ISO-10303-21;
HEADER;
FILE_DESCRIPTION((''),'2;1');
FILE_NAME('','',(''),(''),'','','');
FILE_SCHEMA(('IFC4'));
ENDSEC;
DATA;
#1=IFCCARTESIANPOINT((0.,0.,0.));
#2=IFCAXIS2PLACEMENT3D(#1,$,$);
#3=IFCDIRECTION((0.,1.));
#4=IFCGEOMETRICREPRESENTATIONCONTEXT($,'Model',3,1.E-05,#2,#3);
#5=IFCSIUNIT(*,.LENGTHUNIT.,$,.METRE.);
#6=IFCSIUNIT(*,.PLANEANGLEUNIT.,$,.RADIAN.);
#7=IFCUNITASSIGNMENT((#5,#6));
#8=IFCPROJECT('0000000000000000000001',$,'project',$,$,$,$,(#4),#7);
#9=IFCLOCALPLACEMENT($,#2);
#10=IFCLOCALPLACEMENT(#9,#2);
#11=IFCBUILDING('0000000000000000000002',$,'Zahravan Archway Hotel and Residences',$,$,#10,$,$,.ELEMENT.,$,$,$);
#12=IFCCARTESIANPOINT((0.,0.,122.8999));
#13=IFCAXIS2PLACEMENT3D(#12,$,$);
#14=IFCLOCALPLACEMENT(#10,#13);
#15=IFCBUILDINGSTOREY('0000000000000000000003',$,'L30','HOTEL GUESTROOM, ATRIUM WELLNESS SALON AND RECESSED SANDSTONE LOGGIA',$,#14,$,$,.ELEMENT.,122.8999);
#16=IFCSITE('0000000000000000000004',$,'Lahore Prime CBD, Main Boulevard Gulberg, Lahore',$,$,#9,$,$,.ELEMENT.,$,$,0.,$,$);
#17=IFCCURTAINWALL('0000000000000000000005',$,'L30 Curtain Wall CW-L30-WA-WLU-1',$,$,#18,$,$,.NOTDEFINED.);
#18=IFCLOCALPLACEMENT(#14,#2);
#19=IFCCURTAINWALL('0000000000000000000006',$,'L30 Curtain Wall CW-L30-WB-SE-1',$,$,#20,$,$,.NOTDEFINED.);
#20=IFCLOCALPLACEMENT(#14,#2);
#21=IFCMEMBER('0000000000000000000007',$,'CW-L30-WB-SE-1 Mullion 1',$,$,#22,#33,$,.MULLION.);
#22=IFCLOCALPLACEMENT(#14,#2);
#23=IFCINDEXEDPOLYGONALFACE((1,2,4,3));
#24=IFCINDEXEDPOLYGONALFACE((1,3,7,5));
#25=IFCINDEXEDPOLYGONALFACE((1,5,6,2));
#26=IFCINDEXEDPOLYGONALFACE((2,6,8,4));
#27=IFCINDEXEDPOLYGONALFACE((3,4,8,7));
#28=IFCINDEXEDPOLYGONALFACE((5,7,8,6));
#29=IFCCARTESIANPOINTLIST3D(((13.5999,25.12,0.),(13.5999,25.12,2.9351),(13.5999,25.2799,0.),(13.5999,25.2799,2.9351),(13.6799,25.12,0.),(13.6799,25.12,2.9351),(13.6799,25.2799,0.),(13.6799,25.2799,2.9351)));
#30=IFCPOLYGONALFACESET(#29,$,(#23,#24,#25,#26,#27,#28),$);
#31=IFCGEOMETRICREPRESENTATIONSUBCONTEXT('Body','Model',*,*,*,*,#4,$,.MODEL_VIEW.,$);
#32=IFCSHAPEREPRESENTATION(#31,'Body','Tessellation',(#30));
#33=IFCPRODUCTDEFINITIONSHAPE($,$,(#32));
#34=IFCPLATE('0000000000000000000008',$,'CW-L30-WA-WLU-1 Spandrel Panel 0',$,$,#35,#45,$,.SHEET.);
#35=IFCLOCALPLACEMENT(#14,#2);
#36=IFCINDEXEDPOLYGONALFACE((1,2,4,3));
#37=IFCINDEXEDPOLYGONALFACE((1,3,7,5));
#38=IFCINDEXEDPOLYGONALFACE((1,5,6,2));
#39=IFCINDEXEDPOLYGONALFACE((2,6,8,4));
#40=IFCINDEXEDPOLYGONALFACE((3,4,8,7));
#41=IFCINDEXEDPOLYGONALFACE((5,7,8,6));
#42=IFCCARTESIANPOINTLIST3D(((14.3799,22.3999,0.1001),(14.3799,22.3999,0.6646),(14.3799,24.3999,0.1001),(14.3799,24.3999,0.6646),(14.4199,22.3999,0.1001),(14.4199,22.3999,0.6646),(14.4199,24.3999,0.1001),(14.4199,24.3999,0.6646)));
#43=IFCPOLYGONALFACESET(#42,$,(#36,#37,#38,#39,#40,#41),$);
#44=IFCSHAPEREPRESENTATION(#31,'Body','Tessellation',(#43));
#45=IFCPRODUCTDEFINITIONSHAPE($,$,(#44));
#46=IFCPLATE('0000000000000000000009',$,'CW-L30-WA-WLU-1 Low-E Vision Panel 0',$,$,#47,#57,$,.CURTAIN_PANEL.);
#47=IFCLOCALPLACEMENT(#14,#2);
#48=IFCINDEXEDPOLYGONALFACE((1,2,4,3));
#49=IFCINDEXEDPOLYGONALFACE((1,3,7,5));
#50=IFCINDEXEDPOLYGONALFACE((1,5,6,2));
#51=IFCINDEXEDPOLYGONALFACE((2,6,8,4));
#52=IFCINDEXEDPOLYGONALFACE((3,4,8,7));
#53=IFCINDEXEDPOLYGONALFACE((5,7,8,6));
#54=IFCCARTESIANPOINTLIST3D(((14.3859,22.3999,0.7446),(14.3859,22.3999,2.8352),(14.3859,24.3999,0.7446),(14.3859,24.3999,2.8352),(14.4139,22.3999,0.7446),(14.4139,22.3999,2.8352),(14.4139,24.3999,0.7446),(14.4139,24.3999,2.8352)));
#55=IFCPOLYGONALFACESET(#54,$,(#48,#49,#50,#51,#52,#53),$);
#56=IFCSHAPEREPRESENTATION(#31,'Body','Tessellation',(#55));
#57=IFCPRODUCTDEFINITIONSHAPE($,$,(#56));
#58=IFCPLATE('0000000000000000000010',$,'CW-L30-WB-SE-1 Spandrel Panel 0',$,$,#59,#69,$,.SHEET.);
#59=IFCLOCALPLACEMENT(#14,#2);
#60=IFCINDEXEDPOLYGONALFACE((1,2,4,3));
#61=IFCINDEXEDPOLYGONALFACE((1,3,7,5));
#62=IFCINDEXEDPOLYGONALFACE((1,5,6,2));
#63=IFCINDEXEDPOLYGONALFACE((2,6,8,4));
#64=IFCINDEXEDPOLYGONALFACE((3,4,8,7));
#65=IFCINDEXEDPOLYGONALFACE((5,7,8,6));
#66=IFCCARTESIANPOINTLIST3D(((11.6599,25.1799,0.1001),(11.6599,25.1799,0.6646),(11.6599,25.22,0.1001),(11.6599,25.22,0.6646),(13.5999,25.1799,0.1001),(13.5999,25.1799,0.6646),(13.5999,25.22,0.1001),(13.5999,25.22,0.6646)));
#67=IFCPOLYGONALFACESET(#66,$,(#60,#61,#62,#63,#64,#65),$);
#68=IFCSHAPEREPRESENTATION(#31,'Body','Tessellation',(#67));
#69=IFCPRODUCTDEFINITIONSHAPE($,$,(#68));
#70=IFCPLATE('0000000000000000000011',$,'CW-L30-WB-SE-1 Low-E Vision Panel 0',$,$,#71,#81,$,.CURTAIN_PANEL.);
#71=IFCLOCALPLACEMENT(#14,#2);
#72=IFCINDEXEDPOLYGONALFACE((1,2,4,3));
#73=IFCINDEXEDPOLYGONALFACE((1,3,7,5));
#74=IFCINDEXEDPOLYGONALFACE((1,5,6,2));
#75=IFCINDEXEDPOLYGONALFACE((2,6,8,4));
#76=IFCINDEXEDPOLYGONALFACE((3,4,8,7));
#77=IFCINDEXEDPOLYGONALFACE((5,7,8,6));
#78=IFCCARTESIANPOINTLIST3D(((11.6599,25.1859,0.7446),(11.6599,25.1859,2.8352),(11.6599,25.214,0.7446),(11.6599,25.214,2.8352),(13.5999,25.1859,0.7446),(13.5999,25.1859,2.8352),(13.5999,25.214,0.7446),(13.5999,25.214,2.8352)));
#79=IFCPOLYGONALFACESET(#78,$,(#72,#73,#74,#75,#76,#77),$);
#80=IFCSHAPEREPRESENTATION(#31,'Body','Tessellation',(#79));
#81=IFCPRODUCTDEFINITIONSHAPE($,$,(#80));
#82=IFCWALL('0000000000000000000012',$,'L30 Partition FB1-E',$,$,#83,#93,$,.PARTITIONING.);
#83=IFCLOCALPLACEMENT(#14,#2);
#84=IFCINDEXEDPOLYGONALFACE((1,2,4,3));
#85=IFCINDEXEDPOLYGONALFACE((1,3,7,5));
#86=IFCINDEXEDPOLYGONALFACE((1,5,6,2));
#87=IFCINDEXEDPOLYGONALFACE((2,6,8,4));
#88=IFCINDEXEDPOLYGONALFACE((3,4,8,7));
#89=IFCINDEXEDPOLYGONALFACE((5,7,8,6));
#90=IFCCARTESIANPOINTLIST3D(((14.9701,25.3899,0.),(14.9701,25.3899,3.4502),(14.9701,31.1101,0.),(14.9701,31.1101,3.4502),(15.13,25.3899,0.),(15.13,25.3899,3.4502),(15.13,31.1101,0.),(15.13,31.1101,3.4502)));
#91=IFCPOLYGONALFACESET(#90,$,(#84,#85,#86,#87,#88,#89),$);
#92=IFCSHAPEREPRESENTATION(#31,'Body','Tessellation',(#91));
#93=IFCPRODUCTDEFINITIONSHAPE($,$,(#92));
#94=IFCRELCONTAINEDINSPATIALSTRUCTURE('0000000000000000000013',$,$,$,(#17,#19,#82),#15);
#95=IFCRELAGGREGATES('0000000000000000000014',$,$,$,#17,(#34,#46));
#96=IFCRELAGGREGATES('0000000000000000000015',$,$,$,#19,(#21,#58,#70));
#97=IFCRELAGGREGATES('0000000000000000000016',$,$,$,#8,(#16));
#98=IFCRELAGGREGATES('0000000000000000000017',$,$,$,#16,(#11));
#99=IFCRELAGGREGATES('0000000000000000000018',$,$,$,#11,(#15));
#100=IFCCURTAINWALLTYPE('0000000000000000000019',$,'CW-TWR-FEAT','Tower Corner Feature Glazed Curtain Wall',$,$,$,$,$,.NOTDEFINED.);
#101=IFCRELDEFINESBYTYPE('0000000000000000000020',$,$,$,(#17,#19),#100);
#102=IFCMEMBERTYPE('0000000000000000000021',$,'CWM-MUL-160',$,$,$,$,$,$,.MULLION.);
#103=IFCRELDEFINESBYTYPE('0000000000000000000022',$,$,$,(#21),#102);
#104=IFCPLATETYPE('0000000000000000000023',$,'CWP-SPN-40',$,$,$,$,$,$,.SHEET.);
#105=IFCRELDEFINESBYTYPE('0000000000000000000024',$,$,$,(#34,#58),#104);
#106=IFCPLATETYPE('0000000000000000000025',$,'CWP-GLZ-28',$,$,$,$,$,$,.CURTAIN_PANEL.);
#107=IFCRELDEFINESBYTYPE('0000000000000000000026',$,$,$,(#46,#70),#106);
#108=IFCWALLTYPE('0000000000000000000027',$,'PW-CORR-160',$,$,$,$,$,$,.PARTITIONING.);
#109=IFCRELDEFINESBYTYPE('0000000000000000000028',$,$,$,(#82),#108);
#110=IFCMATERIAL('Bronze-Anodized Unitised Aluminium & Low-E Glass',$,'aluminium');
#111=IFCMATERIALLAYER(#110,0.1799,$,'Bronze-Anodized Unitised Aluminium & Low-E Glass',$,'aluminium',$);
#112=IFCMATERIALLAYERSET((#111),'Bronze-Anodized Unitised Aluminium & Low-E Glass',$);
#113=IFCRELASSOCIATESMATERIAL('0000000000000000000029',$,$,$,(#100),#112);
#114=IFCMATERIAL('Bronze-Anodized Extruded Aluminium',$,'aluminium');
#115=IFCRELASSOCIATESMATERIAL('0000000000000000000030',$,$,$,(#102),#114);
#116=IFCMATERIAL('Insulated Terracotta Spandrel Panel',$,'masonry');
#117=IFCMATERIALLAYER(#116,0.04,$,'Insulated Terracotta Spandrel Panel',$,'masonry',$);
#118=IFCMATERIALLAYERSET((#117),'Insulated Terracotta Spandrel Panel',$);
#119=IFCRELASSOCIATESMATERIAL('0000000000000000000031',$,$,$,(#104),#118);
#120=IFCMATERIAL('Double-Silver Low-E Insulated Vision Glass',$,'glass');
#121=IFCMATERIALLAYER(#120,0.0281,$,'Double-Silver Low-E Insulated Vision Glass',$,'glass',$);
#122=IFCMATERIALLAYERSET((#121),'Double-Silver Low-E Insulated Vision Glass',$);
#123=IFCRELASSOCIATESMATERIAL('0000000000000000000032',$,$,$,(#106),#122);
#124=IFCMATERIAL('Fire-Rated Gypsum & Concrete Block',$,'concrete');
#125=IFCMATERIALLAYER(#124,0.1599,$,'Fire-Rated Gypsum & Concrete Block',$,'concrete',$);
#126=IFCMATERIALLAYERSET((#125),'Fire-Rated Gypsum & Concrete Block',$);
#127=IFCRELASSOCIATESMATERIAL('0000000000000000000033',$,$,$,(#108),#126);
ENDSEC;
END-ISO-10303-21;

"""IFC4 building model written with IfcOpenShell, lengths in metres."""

from ifc_helpers import new_model, si_unit, direction, frame, frame_2d, origin, origin_2d, place, context, subcontext, project, spatial, rectangle, extrude, source, transform, mapped, material, layer, layer_set, material_profile, profile_set, type_object, element, aggregate, save


model = new_model("IFC4")

# Units and contexts
model_context = context("Model", 3, precision=1e-05, world=origin(), true_north=direction((0.0, 1.0)))
body_context = subcontext(model_context, "Body", "Model", "MODEL_VIEW")
ifc_project = project(units=[si_unit("LENGTHUNIT", "METRE"), si_unit("PLANEANGLEUNIT", "RADIAN")], contexts=[model_context])

# Site, building, storey
site_placement = place(None, origin())
site = spatial("IfcSite", under=ifc_project, at=site_placement, Name="Lahore Prime CBD, Main Boulevard Gulberg, Lahore", CompositionType="ELEMENT", RefElevation=0.0)
building_placement = place(site_placement, origin())
building = spatial("IfcBuilding", under=site, at=building_placement, Name="Zahravan Archway Hotel and Residences", CompositionType="ELEMENT")
storey_placement = place(building_placement, frame((0.0, 0.0, 122.8999)))
storey = spatial("IfcBuildingStorey", under=building, at=storey_placement, Name="L30", Description="HOTEL GUESTROOM, ATRIUM WELLNESS SALON AND RECESSED SANDSTONE LOGGIA", CompositionType="ELEMENT", Elevation=122.8999)

# Curtain wall
ifc_material_1 = material(Name="Bronze-Anodized Unitised Aluminium & Low-E Glass", Category="aluminium")
ifc_layer_1 = layer(ifc_material_1, 0.1799, Name="Bronze-Anodized Unitised Aluminium & Low-E Glass", Category="aluminium")
ifc_layer_set_1 = layer_set([ifc_layer_1], Name="Bronze-Anodized Unitised Aluminium & Low-E Glass")
curtain_wall_type = type_object("IfcCurtainWallType", Name="CW-TWR-FEAT", Description="Tower Corner Feature Glazed Curtain Wall", PredefinedType="NOTDEFINED", material=ifc_layer_set_1)
curtain_wall_1_placement = place(storey_placement, origin())
curtain_wall_1 = element("IfcCurtainWall", 1, at=curtain_wall_1_placement, inside=storey, type_object=curtain_wall_type, Name="L30 Curtain Wall CW-L30-WA-WLU-1", PredefinedType="NOTDEFINED")
ifc_material_2 = material(Name="Bronze-Anodized Extruded Aluminium", Category="aluminium")
ifc_material_profile_1 = material_profile(ifc_material_2, rectangle(XDim=0.0801, YDim=0.1599, at=origin_2d()), Name="MUL 80x160", Category="aluminium")
ifc_profile_set_1 = profile_set([ifc_material_profile_1], Name="Bronze-Anodized Extruded Aluminium")
member_type_1 = type_object("IfcMemberType", Name="CWM-MUL-160", PredefinedType="MULLION", material=ifc_profile_set_1)
shared_shape_1 = source(origin(), body_context, "Body", "SweptSolid", [
    extrude(rectangle(XDim=0.0801, YDim=0.1599, at=origin_2d()), origin(), (0.0, 0.0, 1.0), 2.9351),
])

# Curtain wall, member
curtain_wall_2_placement = place(storey_placement, origin())
curtain_wall_2 = element("IfcCurtainWall", 2, at=curtain_wall_2_placement, inside=storey, type_object=curtain_wall_type, Name="L30 Curtain Wall CW-L30-WB-SE-1", PredefinedType="NOTDEFINED")
member_1_placement = place(storey_placement, frame((13.6399, 25.2, 0.0), z_axis=(0.0, 0.0, 1.0), x_axis=(1.0, 0.0, 0.0)))
member_1 = element("IfcMember", 3, at=member_1_placement, type_object=member_type_1, Name="CW-L30-WB-SE-1 Mullion 1", PredefinedType="MULLION", context=body_context, shape_type="MappedRepresentation", body=[
    mapped(shared_shape_1, transform((0.0, 0.0, 0.0), scale=1.0)),
])

# Plates
ifc_material_3 = material(Name="Insulated Terracotta Spandrel Panel", Category="masonry")
ifc_layer_2 = layer(ifc_material_3, 0.04, Name="Insulated Terracotta Spandrel Panel", Category="masonry")
ifc_layer_set_2 = layer_set([ifc_layer_2], Name="Insulated Terracotta Spandrel Panel")
plate_type_1 = type_object("IfcPlateType", Name="CWP-SPN-40", PredefinedType="SHEET", material=ifc_layer_set_2)
shared_shape_2 = source(origin(), body_context, "Body", "SweptSolid", [
    extrude(rectangle(XDim=2.0, YDim=0.04, at=origin_2d()), origin(), (0.0, 0.0, 1.0), 0.5645),
])
plate_1_placement = place(storey_placement, frame((14.3999, 23.3999, 0.1001), z_axis=(0.0, 0.0, 1.0), x_axis=(0.0, 1.0, 0.0)))
plate_1 = element("IfcPlate", 4, at=plate_1_placement, type_object=plate_type_1, Name="CW-L30-WA-WLU-1 Spandrel Panel 0", PredefinedType="SHEET", context=body_context, shape_type="MappedRepresentation", body=[
    mapped(shared_shape_2, transform((0.0, 0.0, 0.0), scale=1.0)),
])
ifc_material_4 = material(Name="Double-Silver Low-E Insulated Vision Glass", Category="glass")
ifc_layer_3 = layer(ifc_material_4, 0.0281, Name="Double-Silver Low-E Insulated Vision Glass", Category="glass")
ifc_layer_set_3 = layer_set([ifc_layer_3], Name="Double-Silver Low-E Insulated Vision Glass")
plate_type_2 = type_object("IfcPlateType", Name="CWP-GLZ-28", PredefinedType="CURTAIN_PANEL", material=ifc_layer_set_3)
shared_shape_3 = source(origin(), body_context, "Body", "SweptSolid", [
    extrude(rectangle(XDim=2.0, YDim=0.0281, at=origin_2d()), origin(), (0.0, 0.0, 1.0), 2.0906),
])
plate_2_placement = place(storey_placement, frame((14.3999, 23.3999, 0.7446), z_axis=(0.0, 0.0, 1.0), x_axis=(0.0, 1.0, 0.0)))
plate_2 = element("IfcPlate", 5, at=plate_2_placement, type_object=plate_type_2, Name="CW-L30-WA-WLU-1 Low-E Vision Panel 0", PredefinedType="CURTAIN_PANEL", context=body_context, shape_type="MappedRepresentation", body=[
    mapped(shared_shape_3, transform((0.0, 0.0, 0.0), scale=1.0)),
])
aggregate(curtain_wall_1, [plate_1, plate_2])
shared_shape_4 = source(origin(), body_context, "Body", "SweptSolid", [
    extrude(rectangle(XDim=1.9399, YDim=0.04, at=origin_2d()), origin(), (0.0, 0.0, 1.0), 0.5645),
])
plate_3_placement = place(storey_placement, frame((12.6299, 25.2, 0.1001), z_axis=(0.0, 0.0, 1.0), x_axis=(1.0, 0.0, 0.0)))
plate_3 = element("IfcPlate", 6, at=plate_3_placement, type_object=plate_type_1, Name="CW-L30-WB-SE-1 Spandrel Panel 0", PredefinedType="SHEET", context=body_context, shape_type="MappedRepresentation", body=[
    mapped(shared_shape_4, transform((0.0, 0.0, 0.0), scale=1.0)),
])
shared_shape_5 = source(origin(), body_context, "Body", "SweptSolid", [
    extrude(rectangle(XDim=1.9399, YDim=0.0281, at=origin_2d()), origin(), (0.0, 0.0, 1.0), 2.0906),
])
plate_4_placement = place(storey_placement, frame((12.6299, 25.2, 0.7446), z_axis=(0.0, 0.0, 1.0), x_axis=(1.0, 0.0, 0.0)))
plate_4 = element("IfcPlate", 7, at=plate_4_placement, type_object=plate_type_2, Name="CW-L30-WB-SE-1 Low-E Vision Panel 0", PredefinedType="CURTAIN_PANEL", context=body_context, shape_type="MappedRepresentation", body=[
    mapped(shared_shape_5, transform((0.0, 0.0, 0.0), scale=1.0)),
])
aggregate(curtain_wall_2, [member_1, plate_3, plate_4])

# Wall
ifc_material_5 = material(Name="Fire-Rated Gypsum & Concrete Block", Category="concrete")
ifc_layer_4 = layer(ifc_material_5, 0.1599, Name="Fire-Rated Gypsum & Concrete Block", Category="concrete")
ifc_layer_set_4 = layer_set([ifc_layer_4], Name="Fire-Rated Gypsum & Concrete Block")
wall_type_1 = type_object("IfcWallType", Name="PW-CORR-160", PredefinedType="PARTITIONING", material=ifc_layer_set_4)
wall_1_placement = place(storey_placement, frame((15.05, 25.3899, 0.0), z_axis=(0.0, 0.0, 1.0), x_axis=(0.0, 1.0, 0.0)))
element("IfcWall", 8, at=wall_1_placement, inside=storey, type_object=wall_type_1, Name="L30 Partition FB1-E", PredefinedType="PARTITIONING", context=body_context, shape_type="SweptSolid", body=[
    extrude(rectangle(XDim=5.7202, YDim=0.1599, at=frame_2d((2.8601, 0.0))), origin(), (0.0, 0.0, 1.0), 3.4502),
])

save(model, "model.ifc")
